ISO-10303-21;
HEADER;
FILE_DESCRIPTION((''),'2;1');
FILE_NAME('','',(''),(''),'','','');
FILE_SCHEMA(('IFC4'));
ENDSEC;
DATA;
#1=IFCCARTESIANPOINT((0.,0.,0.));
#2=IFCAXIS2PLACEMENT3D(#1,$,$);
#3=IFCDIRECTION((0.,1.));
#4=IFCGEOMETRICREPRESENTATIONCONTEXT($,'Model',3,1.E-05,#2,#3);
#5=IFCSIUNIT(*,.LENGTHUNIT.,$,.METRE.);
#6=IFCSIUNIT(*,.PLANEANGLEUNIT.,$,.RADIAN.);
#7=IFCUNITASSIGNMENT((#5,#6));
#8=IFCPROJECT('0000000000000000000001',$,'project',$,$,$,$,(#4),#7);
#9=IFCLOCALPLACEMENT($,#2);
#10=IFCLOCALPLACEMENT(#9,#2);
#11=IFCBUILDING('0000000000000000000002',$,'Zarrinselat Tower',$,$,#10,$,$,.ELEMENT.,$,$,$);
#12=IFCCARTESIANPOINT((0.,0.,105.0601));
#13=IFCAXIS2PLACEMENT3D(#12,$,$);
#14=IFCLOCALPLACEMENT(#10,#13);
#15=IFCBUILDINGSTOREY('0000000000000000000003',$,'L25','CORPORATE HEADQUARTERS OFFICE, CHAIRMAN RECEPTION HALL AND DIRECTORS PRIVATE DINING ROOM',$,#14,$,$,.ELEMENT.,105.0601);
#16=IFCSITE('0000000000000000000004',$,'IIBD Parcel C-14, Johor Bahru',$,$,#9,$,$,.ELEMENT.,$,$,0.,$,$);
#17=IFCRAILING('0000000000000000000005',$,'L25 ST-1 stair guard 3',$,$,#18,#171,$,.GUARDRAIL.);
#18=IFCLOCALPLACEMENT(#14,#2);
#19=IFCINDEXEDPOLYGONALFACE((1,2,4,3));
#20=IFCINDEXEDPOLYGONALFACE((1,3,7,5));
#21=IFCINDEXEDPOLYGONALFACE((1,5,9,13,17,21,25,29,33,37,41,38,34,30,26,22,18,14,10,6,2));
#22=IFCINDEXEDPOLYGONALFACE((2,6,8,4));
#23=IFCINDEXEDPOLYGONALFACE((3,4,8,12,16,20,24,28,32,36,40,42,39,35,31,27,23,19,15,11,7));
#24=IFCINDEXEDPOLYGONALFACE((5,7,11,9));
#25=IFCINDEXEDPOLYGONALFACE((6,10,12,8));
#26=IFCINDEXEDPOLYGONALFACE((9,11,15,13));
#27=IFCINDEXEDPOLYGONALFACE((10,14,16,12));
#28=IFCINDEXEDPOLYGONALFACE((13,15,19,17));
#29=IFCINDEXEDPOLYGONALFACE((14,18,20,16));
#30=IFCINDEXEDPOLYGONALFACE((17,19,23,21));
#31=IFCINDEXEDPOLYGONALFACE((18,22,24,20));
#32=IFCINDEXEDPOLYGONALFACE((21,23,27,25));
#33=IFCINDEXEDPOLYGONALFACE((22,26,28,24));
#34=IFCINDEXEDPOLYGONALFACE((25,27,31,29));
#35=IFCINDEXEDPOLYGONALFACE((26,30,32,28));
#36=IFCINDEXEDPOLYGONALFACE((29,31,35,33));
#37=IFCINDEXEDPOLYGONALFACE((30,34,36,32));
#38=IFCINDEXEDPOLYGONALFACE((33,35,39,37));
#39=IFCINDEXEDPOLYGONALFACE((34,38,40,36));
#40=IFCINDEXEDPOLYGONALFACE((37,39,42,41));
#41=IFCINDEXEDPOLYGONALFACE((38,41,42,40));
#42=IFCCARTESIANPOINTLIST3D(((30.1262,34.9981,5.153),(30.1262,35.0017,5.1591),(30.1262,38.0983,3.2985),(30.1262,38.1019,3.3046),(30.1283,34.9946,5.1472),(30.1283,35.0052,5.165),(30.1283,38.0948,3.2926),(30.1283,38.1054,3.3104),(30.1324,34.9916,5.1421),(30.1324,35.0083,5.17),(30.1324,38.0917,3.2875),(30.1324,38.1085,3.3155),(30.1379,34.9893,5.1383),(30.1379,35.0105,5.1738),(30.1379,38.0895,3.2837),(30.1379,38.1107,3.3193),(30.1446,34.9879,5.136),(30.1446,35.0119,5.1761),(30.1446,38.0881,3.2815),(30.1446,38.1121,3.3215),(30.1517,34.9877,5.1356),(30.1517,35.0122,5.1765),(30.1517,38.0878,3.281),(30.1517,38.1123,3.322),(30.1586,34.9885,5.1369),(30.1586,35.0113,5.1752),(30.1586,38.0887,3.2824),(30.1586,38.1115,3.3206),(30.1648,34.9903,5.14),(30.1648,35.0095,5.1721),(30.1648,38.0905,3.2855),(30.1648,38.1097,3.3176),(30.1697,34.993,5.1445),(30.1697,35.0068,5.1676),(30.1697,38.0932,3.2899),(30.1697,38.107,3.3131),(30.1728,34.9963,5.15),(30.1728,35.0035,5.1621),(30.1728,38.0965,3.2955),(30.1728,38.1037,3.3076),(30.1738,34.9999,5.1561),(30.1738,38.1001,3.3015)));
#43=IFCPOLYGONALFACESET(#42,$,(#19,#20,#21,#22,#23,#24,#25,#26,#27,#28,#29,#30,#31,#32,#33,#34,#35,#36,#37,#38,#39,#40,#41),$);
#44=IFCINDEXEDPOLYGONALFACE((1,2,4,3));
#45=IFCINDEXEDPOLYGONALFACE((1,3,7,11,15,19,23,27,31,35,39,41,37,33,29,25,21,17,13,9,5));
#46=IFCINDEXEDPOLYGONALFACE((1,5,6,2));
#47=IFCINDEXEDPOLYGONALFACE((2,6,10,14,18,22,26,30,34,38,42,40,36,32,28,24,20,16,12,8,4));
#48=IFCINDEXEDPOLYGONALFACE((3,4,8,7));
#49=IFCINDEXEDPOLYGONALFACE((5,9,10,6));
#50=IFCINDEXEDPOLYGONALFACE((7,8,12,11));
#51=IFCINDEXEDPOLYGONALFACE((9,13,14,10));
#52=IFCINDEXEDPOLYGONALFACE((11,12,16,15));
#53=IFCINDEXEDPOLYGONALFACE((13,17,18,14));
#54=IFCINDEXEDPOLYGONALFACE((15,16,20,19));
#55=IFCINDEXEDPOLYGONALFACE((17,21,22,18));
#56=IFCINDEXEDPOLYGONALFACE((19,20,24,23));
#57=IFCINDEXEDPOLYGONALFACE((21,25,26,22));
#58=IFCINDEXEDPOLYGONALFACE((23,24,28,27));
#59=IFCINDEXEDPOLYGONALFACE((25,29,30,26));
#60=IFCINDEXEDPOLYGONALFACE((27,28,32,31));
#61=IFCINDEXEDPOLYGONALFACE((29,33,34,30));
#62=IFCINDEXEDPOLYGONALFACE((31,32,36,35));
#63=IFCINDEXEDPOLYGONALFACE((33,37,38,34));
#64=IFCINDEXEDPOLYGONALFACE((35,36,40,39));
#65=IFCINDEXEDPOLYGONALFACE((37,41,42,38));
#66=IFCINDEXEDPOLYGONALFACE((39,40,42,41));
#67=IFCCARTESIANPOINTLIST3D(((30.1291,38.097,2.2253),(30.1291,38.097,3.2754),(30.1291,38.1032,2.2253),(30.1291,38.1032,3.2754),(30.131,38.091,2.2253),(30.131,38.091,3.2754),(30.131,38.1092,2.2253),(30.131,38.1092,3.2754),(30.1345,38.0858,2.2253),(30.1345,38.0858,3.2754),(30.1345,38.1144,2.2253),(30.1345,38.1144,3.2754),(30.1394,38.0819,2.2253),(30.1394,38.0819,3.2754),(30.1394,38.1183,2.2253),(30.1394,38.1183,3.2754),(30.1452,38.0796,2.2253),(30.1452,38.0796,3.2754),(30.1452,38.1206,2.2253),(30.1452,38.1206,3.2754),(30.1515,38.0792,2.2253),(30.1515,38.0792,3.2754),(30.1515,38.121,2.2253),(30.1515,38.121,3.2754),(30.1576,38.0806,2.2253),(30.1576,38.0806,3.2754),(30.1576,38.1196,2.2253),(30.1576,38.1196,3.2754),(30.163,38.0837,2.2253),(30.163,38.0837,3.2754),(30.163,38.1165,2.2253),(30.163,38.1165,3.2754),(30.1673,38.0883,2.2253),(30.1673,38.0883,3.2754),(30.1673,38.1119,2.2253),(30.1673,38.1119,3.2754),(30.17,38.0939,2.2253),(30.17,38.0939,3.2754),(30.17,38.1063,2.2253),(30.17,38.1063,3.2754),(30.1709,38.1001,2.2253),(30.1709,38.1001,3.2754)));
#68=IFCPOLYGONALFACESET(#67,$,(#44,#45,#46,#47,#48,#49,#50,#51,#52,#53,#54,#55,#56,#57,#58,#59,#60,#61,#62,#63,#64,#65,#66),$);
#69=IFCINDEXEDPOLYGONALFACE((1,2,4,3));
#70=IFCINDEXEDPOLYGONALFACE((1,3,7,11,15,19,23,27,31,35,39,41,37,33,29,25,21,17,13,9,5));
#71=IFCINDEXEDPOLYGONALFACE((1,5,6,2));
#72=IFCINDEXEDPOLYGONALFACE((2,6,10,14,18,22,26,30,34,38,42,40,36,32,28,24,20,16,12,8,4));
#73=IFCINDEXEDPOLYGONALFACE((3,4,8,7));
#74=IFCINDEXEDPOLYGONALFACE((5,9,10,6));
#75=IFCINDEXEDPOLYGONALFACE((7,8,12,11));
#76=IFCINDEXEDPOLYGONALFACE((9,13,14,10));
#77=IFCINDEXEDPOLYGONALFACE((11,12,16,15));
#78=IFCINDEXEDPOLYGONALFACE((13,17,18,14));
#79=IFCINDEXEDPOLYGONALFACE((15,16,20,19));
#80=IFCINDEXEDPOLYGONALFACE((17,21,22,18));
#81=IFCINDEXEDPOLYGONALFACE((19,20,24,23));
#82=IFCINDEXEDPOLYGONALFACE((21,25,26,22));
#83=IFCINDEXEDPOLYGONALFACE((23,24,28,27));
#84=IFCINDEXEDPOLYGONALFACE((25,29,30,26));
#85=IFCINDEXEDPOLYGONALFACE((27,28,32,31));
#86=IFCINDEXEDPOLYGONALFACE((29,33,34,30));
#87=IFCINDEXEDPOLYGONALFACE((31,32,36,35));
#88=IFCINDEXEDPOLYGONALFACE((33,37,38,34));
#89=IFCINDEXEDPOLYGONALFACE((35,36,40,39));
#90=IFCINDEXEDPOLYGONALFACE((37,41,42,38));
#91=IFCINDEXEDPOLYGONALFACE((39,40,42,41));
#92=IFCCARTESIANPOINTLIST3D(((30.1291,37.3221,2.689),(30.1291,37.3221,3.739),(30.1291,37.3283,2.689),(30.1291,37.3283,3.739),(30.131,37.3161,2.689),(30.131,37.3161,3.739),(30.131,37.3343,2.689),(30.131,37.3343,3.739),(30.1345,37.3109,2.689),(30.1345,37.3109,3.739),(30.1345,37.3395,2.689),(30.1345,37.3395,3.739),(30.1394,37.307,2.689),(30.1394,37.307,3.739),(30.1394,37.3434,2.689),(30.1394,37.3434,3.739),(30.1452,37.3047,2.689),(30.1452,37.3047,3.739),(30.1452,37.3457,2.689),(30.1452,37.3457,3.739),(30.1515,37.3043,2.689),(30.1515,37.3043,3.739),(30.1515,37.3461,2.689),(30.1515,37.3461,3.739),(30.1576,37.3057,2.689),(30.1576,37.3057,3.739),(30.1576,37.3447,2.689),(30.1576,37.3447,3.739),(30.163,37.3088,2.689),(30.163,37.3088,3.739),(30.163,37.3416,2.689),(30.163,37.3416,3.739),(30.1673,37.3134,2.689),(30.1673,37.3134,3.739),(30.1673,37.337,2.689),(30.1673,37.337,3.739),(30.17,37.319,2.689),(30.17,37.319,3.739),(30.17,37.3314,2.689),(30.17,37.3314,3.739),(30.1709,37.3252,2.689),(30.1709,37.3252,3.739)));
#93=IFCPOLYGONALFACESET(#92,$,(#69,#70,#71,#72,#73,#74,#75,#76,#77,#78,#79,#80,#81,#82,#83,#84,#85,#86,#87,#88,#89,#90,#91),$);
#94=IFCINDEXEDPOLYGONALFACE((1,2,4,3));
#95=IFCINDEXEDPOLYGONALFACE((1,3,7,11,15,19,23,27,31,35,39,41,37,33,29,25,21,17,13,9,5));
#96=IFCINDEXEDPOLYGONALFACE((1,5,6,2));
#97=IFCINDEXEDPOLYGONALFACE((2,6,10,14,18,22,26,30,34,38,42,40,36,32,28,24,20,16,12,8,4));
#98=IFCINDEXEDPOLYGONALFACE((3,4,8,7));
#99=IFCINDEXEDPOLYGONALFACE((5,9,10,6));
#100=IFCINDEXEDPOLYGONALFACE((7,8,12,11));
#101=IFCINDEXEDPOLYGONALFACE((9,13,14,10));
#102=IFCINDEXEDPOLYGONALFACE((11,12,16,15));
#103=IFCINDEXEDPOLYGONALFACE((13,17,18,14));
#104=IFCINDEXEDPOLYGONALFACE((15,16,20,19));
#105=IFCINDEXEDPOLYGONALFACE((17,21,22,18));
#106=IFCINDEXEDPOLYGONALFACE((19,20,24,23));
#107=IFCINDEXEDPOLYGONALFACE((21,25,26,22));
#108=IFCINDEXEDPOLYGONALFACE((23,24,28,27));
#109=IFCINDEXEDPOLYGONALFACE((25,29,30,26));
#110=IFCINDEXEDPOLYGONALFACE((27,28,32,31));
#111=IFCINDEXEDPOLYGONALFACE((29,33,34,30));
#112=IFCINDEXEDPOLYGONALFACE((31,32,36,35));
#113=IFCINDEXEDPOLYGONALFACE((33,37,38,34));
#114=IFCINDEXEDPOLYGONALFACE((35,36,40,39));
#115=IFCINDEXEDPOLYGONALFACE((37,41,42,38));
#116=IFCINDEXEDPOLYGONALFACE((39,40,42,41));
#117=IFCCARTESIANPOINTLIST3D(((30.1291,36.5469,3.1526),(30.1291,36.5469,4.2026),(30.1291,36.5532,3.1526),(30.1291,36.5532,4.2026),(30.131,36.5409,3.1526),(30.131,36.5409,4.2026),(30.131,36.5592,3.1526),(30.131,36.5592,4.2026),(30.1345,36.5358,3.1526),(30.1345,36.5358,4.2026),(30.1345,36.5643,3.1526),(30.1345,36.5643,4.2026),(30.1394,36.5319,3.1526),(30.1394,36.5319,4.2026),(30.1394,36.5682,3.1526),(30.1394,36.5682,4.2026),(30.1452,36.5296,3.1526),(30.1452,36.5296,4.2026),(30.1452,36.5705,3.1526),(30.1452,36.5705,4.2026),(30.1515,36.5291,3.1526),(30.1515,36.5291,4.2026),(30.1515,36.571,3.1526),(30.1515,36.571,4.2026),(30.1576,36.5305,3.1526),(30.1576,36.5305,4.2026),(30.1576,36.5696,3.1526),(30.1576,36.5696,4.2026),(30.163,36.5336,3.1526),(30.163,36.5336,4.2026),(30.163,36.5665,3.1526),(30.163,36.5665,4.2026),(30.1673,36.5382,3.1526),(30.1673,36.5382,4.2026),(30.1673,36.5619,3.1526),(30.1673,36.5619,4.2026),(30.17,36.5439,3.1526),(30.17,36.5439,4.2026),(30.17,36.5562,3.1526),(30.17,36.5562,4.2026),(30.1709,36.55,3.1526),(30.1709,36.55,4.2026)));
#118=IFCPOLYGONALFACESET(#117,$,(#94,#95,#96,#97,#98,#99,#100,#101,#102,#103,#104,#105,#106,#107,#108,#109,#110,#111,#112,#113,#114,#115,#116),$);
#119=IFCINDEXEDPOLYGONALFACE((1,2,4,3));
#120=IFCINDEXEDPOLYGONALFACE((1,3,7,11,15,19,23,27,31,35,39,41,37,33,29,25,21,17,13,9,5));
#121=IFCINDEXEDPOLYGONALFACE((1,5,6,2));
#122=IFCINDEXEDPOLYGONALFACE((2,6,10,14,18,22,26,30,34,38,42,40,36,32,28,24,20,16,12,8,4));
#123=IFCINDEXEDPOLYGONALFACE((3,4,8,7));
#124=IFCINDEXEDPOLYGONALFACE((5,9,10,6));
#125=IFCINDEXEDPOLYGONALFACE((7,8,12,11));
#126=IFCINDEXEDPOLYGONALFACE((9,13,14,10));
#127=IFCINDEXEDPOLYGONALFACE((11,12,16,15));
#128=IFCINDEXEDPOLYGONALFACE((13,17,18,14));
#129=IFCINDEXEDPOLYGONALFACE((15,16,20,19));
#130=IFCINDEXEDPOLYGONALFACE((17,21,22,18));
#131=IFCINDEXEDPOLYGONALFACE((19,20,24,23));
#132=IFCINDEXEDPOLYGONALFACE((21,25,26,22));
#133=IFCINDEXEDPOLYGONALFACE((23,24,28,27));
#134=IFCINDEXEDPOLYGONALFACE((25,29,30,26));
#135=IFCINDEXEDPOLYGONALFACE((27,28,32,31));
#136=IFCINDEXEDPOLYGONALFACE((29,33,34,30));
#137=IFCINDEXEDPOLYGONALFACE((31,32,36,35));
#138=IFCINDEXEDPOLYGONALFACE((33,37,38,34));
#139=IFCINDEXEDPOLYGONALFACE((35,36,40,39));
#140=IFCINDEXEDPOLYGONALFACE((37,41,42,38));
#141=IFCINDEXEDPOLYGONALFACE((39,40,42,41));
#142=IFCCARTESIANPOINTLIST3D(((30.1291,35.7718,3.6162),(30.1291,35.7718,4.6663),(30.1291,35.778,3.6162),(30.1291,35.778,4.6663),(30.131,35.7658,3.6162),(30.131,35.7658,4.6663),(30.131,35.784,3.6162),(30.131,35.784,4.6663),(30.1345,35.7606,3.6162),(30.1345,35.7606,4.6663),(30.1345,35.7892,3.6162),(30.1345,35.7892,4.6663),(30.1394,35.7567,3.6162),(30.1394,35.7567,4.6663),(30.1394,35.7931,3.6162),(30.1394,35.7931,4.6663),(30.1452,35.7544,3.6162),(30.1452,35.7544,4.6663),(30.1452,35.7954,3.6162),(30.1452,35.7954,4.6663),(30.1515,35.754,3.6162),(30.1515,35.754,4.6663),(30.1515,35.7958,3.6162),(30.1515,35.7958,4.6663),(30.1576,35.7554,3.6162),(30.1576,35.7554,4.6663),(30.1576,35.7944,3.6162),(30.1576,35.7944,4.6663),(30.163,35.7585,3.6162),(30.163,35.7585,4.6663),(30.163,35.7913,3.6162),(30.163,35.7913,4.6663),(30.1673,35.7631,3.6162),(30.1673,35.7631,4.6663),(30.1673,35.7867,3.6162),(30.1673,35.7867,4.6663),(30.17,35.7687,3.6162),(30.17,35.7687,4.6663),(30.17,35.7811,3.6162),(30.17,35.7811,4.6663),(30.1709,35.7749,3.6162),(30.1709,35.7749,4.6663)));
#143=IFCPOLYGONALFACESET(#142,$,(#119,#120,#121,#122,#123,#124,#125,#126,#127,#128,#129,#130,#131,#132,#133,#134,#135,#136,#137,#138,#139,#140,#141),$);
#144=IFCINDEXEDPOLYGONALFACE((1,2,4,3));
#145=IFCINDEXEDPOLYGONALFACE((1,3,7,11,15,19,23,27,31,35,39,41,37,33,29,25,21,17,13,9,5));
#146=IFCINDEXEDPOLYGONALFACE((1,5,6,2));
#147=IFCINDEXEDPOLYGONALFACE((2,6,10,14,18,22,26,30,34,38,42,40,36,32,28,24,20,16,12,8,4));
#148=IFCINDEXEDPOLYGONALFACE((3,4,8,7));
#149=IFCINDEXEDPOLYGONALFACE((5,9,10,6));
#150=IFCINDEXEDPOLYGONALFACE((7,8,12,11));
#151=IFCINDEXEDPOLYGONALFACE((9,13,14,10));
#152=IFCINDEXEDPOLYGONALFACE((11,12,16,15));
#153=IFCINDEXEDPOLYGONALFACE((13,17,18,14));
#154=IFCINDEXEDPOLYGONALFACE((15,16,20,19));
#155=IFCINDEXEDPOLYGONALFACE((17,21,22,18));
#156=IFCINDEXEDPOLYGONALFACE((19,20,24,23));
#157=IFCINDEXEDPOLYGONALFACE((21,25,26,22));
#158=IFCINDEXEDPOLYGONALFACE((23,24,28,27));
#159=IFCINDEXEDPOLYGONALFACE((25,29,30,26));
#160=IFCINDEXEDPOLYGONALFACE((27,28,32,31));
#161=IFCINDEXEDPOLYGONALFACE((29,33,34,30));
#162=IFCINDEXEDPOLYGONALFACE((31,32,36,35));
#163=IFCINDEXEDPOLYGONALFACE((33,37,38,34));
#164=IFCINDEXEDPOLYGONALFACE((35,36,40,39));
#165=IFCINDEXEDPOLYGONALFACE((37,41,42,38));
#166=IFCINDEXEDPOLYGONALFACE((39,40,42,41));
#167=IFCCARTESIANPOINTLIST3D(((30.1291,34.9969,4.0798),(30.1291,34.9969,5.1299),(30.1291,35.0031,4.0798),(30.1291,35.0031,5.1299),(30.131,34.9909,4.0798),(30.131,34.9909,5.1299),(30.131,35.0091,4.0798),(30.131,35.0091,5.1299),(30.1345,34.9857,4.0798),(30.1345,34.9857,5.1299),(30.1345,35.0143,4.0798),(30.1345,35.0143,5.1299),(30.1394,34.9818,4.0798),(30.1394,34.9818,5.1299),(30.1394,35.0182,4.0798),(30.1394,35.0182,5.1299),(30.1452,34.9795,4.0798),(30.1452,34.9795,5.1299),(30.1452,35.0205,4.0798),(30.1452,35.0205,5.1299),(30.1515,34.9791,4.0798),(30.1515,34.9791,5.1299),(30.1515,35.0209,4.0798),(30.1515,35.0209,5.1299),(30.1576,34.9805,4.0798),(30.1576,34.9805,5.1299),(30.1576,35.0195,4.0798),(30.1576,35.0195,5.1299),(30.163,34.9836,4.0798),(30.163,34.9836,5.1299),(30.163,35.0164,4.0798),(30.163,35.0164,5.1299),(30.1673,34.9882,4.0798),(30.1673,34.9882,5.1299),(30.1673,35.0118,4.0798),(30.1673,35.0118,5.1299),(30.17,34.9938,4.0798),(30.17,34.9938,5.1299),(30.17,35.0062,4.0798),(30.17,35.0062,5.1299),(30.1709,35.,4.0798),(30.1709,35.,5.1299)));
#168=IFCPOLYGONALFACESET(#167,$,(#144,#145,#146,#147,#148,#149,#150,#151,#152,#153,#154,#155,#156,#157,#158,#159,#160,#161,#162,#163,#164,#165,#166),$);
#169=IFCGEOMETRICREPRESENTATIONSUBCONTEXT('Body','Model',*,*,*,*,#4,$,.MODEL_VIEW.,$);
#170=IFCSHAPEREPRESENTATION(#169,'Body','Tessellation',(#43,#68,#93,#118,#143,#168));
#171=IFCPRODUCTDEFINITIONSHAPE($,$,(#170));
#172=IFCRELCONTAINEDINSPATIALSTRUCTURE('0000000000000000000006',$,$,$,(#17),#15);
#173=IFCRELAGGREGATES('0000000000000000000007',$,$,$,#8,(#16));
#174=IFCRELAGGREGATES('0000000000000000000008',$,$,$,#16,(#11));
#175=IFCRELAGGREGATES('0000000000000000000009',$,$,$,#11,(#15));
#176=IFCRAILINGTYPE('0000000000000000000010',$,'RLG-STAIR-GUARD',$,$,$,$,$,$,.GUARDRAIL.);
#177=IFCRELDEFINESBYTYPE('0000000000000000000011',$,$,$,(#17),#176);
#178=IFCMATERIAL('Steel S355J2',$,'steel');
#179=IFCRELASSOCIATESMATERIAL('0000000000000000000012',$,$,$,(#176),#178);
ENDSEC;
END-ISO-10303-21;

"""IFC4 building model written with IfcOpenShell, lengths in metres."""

from ifc_helpers import new_model, si_unit, direction, frame, origin, origin_2d, place, context, subcontext, project, spatial, circle, extrude, material, type_object, element, save


model = new_model("IFC4")

# Units and contexts
model_context = context("Model", 3, precision=1e-05, world=origin(), true_north=direction((0.0, 1.0)))
body_context = subcontext(model_context, "Body", "Model", "MODEL_VIEW")
ifc_project = project(units=[si_unit("LENGTHUNIT", "METRE"), si_unit("PLANEANGLEUNIT", "RADIAN")], contexts=[model_context])

# Site, building, storey
site_placement = place(None, origin())
site = spatial("IfcSite", under=ifc_project, at=site_placement, Name="IIBD Parcel C-14, Johor Bahru", CompositionType="ELEMENT", RefElevation=0.0)
building_placement = place(site_placement, origin())
building = spatial("IfcBuilding", under=site, at=building_placement, Name="Zarrinselat Tower", CompositionType="ELEMENT")
storey_placement = place(building_placement, frame((0.0, 0.0, 105.0601)))
storey = spatial("IfcBuildingStorey", under=building, at=storey_placement, Name="L25", Description="CORPORATE HEADQUARTERS OFFICE, CHAIRMAN RECEPTION HALL AND DIRECTORS PRIVATE DINING ROOM", CompositionType="ELEMENT", Elevation=105.0601)

# Railing
ifc_material_1 = material(Name="Steel S355J2", Category="steel")
railing_type_1 = type_object("IfcRailingType", Name="RLG-STAIR-GUARD", PredefinedType="GUARDRAIL", material=ifc_material_1)
railing_1_placement = place(storey_placement, frame((30.1499, 38.1001, 2.2253)))
element("IfcRailing", 1, at=railing_1_placement, inside=storey, type_object=railing_type_1, Name="L25 ST-1 stair guard 3", PredefinedType="GUARDRAIL", context=body_context, shape_type="SweptSolid", body=[
    extrude(circle(Radius=0.0239, at=origin_2d()), frame((0.0, 0.0, 1.0762), z_axis=(0.0, -0.858172, 0.513362), x_axis=(1.0, 0.0, 0.0)), (0.0, 0.0, 1.0), 3.6125),
    extrude(circle(Radius=0.021, at=origin_2d()), origin(), (0.0, 0.0, 1.0), 1.05),
    extrude(circle(Radius=0.021, at=origin_2d()), frame((0.0, -0.7749, 0.4636)), (0.0, 0.0, 1.0), 1.05),
    extrude(circle(Radius=0.021, at=origin_2d()), frame((0.0, -1.55, 0.9272)), (0.0, 0.0, 1.0), 1.05),
    extrude(circle(Radius=0.021, at=origin_2d()), frame((0.0, -2.3252, 1.3909)), (0.0, 0.0, 1.0), 1.05),
    extrude(circle(Radius=0.021, at=origin_2d()), frame((0.0, -3.1001, 1.8545)), (0.0, 0.0, 1.0), 1.05),
])

save(model, "model.ifc")
